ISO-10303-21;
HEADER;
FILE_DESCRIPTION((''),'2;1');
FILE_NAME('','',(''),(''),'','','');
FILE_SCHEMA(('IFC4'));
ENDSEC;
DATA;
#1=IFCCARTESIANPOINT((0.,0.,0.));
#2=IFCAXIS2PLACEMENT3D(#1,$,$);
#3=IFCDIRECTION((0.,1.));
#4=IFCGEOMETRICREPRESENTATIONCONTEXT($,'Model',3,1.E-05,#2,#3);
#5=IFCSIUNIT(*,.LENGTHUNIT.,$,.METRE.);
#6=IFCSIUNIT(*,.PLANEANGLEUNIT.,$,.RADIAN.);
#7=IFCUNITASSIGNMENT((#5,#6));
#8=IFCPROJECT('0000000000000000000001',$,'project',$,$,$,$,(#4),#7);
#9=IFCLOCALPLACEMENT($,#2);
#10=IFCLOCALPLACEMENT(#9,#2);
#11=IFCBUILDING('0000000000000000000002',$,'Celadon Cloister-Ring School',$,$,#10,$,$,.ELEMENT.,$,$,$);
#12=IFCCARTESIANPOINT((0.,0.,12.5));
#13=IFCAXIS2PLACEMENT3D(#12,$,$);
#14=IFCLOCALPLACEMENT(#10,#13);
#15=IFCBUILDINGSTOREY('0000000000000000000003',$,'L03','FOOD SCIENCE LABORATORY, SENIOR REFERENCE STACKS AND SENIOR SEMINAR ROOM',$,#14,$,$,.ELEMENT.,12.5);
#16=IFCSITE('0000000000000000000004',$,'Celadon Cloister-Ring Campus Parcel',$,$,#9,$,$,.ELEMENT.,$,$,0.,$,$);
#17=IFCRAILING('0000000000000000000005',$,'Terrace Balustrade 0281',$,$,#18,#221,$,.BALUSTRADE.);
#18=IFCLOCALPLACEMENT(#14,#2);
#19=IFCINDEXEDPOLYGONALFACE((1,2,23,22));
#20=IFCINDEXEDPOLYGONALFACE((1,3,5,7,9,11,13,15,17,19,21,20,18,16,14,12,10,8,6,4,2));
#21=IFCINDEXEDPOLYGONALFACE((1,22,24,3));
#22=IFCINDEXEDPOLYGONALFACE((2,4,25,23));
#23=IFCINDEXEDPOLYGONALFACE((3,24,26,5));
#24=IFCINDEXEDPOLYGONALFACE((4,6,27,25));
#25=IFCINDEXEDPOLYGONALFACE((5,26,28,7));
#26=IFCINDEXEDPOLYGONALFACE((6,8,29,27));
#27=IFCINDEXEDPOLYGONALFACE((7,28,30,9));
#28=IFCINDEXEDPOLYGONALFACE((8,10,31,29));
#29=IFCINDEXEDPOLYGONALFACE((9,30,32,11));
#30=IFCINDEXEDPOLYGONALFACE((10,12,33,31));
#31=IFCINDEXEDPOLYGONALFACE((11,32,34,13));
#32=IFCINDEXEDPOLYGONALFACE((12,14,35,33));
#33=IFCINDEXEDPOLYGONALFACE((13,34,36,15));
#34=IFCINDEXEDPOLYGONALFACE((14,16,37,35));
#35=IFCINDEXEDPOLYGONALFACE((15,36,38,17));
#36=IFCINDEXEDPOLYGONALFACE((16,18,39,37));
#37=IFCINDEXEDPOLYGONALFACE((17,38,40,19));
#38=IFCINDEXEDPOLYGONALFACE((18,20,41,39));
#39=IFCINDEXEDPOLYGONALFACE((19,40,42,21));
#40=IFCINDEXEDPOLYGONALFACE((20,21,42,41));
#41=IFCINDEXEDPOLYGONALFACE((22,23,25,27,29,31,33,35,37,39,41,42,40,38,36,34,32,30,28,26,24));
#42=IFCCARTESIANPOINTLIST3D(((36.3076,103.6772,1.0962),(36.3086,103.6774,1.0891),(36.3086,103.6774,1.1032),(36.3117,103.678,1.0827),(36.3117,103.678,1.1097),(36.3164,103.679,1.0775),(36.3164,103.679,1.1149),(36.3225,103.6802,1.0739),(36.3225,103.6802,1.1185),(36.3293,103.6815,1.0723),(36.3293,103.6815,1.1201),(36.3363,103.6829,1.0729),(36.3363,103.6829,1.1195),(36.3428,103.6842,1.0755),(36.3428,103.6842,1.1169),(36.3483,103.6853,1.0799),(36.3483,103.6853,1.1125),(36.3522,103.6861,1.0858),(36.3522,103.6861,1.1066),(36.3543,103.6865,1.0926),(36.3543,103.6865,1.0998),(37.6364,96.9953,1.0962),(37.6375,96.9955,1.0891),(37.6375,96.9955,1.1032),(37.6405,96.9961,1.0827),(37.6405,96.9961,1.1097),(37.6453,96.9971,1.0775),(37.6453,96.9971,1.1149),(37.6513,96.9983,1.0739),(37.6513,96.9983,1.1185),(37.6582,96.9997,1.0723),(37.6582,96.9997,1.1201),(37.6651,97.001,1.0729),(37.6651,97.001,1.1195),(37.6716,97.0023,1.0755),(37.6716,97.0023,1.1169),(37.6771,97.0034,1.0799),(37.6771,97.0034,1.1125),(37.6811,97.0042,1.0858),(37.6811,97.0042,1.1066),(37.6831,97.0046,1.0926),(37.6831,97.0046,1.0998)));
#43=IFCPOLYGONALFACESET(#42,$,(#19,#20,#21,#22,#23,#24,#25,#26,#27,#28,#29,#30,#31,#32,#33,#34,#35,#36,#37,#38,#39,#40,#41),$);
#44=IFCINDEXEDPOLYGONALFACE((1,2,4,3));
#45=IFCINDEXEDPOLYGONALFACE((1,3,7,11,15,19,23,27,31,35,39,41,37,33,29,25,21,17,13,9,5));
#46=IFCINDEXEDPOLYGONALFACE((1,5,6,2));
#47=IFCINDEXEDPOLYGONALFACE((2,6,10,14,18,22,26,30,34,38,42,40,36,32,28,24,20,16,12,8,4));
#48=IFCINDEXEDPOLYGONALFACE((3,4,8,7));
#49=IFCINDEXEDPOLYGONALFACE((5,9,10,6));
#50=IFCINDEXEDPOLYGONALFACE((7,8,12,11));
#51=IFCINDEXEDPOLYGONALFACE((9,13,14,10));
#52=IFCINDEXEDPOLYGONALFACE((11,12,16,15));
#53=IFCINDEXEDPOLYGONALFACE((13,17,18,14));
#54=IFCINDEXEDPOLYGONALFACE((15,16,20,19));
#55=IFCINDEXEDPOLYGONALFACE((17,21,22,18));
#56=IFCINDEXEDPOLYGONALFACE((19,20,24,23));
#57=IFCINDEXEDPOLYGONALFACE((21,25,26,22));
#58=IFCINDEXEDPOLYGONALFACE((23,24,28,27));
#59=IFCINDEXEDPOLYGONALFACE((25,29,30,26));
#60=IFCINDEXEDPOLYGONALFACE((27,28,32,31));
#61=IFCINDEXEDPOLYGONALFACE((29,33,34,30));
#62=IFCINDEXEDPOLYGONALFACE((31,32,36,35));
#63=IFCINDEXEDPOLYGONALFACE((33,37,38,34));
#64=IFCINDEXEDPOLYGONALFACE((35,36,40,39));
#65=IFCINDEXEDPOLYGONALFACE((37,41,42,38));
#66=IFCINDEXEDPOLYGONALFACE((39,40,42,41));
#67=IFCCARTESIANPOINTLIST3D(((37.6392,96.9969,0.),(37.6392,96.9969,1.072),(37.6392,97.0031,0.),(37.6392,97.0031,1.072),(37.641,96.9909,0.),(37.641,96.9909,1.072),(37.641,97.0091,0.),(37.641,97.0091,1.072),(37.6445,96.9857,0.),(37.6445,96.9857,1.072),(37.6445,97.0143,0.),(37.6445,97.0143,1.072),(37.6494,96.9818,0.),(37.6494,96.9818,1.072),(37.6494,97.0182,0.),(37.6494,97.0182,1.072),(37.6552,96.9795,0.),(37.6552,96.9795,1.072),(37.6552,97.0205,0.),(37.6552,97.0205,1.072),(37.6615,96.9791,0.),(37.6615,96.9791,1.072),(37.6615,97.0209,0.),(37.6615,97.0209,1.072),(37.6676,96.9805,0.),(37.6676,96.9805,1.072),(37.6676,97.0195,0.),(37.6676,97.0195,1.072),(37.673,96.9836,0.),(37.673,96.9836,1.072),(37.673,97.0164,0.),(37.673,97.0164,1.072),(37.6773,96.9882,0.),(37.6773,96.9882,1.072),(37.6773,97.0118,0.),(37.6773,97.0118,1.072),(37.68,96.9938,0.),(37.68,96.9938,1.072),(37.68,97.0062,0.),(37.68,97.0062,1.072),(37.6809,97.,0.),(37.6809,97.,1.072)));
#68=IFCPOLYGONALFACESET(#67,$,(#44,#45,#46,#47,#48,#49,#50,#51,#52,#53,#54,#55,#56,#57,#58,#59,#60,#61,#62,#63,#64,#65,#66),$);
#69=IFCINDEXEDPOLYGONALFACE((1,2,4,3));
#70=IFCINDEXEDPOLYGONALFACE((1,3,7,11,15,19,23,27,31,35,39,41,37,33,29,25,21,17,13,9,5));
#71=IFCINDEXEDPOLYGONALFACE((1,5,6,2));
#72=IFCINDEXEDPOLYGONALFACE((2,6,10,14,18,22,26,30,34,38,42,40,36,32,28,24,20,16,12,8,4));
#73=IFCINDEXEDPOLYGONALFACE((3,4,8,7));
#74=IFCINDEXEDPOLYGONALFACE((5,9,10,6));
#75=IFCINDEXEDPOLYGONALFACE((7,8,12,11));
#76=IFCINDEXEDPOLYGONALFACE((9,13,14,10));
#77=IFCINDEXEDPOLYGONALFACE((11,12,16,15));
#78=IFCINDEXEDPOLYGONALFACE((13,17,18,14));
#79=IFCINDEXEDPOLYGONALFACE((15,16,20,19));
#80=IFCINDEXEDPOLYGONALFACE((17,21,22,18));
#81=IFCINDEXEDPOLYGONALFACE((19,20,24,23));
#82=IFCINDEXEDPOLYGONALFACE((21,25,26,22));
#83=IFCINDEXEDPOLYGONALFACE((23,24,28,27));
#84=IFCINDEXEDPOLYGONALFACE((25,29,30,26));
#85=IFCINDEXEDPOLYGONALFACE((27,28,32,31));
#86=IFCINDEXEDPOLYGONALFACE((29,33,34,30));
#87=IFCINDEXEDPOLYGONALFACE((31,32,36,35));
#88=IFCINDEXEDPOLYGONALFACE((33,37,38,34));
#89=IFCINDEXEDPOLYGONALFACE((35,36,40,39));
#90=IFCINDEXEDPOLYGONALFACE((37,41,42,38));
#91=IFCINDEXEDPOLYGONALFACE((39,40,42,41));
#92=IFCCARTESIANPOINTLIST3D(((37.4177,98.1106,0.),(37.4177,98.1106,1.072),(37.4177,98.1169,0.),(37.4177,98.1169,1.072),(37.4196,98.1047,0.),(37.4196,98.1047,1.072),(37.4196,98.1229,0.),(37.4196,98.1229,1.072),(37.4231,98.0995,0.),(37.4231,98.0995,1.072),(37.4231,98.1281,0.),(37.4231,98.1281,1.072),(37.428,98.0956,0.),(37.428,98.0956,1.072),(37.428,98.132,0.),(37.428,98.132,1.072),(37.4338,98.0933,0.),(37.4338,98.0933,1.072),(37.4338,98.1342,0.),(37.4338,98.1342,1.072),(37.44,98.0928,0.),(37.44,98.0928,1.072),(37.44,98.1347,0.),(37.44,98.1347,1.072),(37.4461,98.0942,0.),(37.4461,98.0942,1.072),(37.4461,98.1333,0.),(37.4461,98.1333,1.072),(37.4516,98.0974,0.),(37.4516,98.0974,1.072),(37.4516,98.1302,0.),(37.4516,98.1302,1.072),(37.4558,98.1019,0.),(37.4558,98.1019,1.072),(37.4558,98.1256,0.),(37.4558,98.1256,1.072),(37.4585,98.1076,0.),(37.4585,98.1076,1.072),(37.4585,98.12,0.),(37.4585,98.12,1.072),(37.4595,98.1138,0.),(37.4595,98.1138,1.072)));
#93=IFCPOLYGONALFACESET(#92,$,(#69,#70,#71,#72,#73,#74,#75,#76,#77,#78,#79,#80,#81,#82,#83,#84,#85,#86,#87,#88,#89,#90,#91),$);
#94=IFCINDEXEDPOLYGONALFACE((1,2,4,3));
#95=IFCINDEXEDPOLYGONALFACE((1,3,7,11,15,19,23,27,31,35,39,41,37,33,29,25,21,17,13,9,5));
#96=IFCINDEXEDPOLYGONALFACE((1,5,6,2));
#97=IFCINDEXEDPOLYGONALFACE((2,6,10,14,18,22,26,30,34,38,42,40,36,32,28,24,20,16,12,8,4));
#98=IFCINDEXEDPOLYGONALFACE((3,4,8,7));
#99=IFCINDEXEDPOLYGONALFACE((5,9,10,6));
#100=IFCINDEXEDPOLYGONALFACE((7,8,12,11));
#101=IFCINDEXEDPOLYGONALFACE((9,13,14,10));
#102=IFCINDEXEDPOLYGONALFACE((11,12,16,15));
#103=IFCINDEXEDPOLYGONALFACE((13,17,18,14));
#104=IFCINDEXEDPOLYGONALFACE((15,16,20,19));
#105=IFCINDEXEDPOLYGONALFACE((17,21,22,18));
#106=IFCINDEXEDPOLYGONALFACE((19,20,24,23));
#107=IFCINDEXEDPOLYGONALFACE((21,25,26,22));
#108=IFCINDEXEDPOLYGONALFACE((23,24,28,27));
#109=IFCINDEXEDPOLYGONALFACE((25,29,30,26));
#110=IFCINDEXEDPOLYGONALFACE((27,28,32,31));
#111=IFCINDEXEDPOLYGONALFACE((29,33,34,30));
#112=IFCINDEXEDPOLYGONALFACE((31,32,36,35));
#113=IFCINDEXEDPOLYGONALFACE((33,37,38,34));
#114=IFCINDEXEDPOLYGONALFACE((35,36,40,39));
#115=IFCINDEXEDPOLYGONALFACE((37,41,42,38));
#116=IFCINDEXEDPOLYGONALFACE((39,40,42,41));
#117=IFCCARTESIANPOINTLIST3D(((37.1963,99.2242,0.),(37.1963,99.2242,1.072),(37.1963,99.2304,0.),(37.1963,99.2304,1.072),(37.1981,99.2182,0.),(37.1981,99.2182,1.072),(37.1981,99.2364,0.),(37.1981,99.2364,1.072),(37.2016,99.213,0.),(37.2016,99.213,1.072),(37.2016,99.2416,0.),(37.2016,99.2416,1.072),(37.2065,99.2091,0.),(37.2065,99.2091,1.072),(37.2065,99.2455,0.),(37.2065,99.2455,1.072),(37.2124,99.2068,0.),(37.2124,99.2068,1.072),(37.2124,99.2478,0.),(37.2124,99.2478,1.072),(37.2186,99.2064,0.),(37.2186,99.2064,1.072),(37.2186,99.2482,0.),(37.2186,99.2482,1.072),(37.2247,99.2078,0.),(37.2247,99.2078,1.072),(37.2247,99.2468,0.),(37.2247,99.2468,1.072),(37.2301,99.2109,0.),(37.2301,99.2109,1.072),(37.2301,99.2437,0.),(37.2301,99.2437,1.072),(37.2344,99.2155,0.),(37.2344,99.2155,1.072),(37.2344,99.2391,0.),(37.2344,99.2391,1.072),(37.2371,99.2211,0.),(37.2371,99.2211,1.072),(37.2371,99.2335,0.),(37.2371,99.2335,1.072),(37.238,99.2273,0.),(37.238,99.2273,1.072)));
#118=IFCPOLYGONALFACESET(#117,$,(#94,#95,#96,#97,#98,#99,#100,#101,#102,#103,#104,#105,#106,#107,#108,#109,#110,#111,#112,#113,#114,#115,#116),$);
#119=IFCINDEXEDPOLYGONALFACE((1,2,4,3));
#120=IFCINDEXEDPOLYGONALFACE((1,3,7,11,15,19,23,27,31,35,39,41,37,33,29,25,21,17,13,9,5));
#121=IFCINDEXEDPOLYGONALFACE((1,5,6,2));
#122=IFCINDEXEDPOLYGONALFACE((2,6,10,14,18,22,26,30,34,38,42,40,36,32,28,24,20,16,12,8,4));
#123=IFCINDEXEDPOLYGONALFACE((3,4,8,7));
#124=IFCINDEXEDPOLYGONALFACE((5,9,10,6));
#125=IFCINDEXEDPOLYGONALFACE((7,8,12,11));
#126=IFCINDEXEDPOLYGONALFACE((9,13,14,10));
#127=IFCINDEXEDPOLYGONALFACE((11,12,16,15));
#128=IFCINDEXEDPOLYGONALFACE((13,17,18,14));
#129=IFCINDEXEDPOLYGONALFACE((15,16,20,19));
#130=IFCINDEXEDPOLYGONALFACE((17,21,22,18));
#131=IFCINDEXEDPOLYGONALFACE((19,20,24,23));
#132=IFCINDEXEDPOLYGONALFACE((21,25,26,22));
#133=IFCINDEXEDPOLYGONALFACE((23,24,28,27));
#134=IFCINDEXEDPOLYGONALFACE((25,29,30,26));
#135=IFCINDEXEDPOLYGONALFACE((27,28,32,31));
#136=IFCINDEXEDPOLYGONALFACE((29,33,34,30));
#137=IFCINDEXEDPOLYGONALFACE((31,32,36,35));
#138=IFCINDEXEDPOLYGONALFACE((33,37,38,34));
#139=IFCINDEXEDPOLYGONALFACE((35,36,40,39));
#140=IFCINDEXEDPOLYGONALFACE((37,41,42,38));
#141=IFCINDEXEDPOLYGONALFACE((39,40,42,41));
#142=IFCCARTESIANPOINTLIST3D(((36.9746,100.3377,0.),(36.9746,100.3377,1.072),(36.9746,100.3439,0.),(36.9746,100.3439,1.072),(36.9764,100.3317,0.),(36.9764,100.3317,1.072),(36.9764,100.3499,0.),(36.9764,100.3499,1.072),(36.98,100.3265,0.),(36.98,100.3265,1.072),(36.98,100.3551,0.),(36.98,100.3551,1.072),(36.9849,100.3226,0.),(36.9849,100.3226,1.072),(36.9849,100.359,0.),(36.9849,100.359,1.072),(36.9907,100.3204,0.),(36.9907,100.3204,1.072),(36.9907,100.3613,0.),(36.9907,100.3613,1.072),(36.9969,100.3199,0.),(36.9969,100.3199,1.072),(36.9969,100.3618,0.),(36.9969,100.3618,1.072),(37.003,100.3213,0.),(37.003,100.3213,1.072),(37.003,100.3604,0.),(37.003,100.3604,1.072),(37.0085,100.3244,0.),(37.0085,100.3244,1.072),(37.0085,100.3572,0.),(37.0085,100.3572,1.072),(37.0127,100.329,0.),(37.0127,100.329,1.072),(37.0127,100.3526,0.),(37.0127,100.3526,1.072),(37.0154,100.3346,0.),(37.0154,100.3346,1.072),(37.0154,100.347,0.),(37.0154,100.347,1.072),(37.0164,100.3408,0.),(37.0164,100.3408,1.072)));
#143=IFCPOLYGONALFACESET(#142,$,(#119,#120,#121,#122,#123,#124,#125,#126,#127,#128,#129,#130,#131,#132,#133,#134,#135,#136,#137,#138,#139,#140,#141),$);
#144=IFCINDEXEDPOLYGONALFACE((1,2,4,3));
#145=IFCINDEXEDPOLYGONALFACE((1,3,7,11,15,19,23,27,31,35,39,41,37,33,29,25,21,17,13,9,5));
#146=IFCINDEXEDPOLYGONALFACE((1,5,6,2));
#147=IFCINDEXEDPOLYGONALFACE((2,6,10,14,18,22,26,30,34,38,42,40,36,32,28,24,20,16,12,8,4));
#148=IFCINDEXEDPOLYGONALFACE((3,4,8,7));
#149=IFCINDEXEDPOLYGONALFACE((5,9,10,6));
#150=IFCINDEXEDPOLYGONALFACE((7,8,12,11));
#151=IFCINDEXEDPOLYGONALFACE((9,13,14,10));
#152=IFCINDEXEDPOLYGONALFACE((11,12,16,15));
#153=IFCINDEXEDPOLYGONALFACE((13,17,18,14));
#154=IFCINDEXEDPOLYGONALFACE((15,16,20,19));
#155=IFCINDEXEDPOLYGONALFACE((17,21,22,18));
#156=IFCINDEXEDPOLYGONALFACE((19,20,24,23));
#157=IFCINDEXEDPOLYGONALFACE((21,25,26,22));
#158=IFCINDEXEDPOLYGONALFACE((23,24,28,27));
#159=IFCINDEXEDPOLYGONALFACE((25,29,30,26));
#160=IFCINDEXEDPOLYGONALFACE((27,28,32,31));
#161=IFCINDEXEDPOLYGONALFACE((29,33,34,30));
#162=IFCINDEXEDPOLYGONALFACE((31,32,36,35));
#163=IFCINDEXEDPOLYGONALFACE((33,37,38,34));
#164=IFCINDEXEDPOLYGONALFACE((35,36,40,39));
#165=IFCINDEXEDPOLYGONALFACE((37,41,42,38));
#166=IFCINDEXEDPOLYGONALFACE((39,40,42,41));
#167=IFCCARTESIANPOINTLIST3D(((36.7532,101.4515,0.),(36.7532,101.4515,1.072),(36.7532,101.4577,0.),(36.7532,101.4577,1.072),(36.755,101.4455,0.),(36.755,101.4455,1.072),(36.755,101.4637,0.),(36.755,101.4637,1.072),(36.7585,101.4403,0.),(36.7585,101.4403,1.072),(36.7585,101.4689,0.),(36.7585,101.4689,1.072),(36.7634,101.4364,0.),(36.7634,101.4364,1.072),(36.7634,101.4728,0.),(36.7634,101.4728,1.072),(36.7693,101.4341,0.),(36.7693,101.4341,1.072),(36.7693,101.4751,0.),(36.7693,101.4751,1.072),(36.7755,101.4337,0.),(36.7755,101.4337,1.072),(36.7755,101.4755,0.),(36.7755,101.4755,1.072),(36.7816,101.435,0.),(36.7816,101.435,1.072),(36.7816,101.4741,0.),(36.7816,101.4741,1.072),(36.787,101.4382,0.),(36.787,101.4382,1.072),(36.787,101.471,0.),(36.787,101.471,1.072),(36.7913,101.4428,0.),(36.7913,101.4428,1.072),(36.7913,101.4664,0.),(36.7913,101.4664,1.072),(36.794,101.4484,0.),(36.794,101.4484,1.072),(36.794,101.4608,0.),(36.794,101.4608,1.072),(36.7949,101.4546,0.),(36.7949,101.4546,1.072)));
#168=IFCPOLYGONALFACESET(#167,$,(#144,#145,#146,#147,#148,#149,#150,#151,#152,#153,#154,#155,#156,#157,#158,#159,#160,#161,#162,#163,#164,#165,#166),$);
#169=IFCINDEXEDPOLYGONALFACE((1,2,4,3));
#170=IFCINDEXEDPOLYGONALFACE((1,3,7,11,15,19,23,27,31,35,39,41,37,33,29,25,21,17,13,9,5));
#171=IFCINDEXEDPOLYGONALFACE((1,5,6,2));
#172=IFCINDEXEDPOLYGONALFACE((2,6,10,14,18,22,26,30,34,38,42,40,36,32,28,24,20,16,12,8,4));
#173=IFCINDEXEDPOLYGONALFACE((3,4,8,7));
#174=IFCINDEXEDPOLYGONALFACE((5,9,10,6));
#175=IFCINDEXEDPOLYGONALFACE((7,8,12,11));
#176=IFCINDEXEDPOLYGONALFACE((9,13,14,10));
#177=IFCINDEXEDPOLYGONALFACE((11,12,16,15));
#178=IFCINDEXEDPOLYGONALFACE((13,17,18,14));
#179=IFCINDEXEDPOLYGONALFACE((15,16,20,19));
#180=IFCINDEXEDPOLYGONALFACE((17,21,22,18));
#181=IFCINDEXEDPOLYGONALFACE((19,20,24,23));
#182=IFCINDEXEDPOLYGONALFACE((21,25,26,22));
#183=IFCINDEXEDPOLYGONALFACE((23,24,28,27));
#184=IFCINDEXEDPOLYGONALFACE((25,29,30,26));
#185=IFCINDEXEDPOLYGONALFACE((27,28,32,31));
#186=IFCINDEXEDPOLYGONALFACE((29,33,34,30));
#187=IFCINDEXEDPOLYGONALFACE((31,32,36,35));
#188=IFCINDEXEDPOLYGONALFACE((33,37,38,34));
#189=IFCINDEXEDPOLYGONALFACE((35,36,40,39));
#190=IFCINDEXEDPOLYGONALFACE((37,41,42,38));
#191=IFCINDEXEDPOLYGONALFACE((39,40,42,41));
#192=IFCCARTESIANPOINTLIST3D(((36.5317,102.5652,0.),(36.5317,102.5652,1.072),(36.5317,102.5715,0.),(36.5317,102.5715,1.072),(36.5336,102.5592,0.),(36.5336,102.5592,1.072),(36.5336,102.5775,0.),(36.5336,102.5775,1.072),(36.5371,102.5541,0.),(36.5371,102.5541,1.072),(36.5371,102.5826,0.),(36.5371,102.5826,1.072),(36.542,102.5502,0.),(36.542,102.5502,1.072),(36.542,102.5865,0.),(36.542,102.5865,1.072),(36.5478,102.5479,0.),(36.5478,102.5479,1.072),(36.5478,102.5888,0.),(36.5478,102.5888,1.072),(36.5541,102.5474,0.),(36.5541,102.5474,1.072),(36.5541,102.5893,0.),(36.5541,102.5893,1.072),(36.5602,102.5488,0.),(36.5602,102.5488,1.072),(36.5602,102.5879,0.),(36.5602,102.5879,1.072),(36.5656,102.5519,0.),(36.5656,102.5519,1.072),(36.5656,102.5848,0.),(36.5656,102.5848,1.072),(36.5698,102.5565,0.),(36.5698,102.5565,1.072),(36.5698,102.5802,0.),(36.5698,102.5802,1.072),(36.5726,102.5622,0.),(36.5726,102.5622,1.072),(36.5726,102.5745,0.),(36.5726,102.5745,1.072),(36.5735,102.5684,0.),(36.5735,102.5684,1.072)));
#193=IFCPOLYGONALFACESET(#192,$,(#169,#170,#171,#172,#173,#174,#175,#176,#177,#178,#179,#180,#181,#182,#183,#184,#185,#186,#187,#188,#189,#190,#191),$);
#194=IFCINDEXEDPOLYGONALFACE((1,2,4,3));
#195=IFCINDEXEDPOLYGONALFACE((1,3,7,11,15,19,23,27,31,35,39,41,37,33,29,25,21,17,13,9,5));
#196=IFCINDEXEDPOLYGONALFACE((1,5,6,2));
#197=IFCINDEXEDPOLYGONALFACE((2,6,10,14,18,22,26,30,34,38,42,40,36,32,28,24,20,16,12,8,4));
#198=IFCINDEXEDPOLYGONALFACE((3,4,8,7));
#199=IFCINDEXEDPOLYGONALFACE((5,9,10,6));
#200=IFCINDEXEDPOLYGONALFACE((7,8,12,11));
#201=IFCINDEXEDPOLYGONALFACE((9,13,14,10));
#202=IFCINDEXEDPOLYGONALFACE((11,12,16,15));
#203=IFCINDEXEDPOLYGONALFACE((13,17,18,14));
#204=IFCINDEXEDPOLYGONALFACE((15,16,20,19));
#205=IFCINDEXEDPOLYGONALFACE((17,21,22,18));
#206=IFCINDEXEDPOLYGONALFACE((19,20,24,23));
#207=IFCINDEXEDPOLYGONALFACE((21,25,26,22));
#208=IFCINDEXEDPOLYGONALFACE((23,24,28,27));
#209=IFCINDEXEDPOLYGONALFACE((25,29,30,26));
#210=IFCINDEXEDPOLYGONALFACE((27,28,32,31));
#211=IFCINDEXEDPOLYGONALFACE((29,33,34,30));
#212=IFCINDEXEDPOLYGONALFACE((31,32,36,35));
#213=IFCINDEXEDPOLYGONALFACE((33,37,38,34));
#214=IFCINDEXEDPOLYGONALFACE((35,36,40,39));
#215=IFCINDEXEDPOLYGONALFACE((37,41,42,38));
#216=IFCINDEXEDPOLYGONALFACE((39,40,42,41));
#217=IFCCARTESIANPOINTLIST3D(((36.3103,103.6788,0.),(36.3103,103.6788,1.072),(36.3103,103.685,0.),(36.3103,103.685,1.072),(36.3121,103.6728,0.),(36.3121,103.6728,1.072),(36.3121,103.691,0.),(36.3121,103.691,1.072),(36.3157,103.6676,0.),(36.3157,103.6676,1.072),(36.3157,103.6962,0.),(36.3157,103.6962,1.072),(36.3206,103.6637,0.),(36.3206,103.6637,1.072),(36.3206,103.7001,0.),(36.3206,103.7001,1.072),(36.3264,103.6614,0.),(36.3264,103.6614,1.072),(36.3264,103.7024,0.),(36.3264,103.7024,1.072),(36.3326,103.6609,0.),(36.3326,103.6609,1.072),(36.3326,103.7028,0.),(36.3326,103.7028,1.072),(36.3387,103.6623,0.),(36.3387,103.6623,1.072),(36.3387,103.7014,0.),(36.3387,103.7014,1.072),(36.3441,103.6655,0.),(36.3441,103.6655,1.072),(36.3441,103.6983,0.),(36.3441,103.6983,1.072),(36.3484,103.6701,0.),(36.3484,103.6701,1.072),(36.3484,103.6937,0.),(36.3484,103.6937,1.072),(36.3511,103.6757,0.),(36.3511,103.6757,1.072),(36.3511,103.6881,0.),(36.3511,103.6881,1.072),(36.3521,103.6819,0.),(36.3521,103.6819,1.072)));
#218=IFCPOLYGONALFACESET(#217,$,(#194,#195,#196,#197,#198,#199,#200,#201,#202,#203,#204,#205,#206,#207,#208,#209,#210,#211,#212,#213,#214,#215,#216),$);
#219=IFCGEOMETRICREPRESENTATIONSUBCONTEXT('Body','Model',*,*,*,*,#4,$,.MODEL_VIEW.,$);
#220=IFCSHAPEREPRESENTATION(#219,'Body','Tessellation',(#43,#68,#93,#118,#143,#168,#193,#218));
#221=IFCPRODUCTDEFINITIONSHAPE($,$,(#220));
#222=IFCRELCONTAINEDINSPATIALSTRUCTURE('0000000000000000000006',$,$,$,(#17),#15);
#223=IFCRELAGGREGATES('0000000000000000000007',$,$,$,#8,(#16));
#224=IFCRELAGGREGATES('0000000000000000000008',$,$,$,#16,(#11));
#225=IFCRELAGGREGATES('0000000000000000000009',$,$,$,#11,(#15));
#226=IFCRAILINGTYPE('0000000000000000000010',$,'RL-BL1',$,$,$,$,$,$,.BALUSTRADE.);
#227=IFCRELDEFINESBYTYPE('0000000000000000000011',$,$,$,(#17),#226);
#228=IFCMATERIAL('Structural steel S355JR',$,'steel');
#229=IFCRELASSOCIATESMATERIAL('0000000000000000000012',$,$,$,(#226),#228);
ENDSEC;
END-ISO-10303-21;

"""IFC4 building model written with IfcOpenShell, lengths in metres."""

from ifc_helpers import new_model, si_unit, direction, frame, origin, origin_2d, place, context, subcontext, project, spatial, circle, extrude, material, type_object, element, save


model = new_model("IFC4")

# Units and contexts
model_context = context("Model", 3, precision=1e-05, world=origin(), true_north=direction((0.0, 1.0)))
body_context = subcontext(model_context, "Body", "Model", "MODEL_VIEW")
ifc_project = project(units=[si_unit("LENGTHUNIT", "METRE"), si_unit("PLANEANGLEUNIT", "RADIAN")], contexts=[model_context])

# Site, building, storey
site_placement = place(None, origin())
site = spatial("IfcSite", under=ifc_project, at=site_placement, Name="Celadon Cloister-Ring Campus Parcel", CompositionType="ELEMENT", RefElevation=0.0)
building_placement = place(site_placement, origin())
building = spatial("IfcBuilding", under=site, at=building_placement, Name="Celadon Cloister-Ring School", CompositionType="ELEMENT")
storey_placement = place(building_placement, frame((0.0, 0.0, 12.5)))
storey = spatial("IfcBuildingStorey", under=building, at=storey_placement, Name="L03", Description="FOOD SCIENCE LABORATORY, SENIOR REFERENCE STACKS AND SENIOR SEMINAR ROOM", CompositionType="ELEMENT", Elevation=12.5)

# Railing
ifc_material_1 = material(Name="Structural steel S355JR", Category="steel")
railing_type_1 = type_object("IfcRailingType", Name="RL-BL1", PredefinedType="BALUSTRADE", material=ifc_material_1)
railing_1_placement = place(storey_placement, frame((37.6599, 97.0, 0.0)))
element("IfcRailing", 1, at=railing_1_placement, inside=storey, type_object=railing_type_1, Name="Terrace Balustrade 0281", PredefinedType="BALUSTRADE", context=body_context, shape_type="SweptSolid", body=[
    extrude(circle(Radius=0.0239, at=origin_2d()), frame((0.0, 0.0, 1.0962), z_axis=(-0.195055, 0.980792, 0.0), x_axis=(-0.980792, -0.195055, 0.0)), (0.0, 0.0, 1.0), 6.8127),
    extrude(circle(Radius=0.021, at=origin_2d()), origin(), (0.0, 0.0, 1.0), 1.072),
    extrude(circle(Radius=0.021, at=origin_2d()), frame((-0.2214, 1.1138, 0.0)), (0.0, 0.0, 1.0), 1.072),
    extrude(circle(Radius=0.021, at=origin_2d()), frame((-0.4429, 2.2273, 0.0)), (0.0, 0.0, 1.0), 1.072),
    extrude(circle(Radius=0.021, at=origin_2d()), frame((-0.6646, 3.3408, 0.0)), (0.0, 0.0, 1.0), 1.072),
    extrude(circle(Radius=0.021, at=origin_2d()), frame((-0.886, 4.4546, 0.0)), (0.0, 0.0, 1.0), 1.072),
    extrude(circle(Radius=0.021, at=origin_2d()), frame((-1.1074, 5.5684, 0.0)), (0.0, 0.0, 1.0), 1.072),
    extrude(circle(Radius=0.021, at=origin_2d()), frame((-1.3289, 6.6819, 0.0)), (0.0, 0.0, 1.0), 1.072),
])

save(model, "model.ifc")
